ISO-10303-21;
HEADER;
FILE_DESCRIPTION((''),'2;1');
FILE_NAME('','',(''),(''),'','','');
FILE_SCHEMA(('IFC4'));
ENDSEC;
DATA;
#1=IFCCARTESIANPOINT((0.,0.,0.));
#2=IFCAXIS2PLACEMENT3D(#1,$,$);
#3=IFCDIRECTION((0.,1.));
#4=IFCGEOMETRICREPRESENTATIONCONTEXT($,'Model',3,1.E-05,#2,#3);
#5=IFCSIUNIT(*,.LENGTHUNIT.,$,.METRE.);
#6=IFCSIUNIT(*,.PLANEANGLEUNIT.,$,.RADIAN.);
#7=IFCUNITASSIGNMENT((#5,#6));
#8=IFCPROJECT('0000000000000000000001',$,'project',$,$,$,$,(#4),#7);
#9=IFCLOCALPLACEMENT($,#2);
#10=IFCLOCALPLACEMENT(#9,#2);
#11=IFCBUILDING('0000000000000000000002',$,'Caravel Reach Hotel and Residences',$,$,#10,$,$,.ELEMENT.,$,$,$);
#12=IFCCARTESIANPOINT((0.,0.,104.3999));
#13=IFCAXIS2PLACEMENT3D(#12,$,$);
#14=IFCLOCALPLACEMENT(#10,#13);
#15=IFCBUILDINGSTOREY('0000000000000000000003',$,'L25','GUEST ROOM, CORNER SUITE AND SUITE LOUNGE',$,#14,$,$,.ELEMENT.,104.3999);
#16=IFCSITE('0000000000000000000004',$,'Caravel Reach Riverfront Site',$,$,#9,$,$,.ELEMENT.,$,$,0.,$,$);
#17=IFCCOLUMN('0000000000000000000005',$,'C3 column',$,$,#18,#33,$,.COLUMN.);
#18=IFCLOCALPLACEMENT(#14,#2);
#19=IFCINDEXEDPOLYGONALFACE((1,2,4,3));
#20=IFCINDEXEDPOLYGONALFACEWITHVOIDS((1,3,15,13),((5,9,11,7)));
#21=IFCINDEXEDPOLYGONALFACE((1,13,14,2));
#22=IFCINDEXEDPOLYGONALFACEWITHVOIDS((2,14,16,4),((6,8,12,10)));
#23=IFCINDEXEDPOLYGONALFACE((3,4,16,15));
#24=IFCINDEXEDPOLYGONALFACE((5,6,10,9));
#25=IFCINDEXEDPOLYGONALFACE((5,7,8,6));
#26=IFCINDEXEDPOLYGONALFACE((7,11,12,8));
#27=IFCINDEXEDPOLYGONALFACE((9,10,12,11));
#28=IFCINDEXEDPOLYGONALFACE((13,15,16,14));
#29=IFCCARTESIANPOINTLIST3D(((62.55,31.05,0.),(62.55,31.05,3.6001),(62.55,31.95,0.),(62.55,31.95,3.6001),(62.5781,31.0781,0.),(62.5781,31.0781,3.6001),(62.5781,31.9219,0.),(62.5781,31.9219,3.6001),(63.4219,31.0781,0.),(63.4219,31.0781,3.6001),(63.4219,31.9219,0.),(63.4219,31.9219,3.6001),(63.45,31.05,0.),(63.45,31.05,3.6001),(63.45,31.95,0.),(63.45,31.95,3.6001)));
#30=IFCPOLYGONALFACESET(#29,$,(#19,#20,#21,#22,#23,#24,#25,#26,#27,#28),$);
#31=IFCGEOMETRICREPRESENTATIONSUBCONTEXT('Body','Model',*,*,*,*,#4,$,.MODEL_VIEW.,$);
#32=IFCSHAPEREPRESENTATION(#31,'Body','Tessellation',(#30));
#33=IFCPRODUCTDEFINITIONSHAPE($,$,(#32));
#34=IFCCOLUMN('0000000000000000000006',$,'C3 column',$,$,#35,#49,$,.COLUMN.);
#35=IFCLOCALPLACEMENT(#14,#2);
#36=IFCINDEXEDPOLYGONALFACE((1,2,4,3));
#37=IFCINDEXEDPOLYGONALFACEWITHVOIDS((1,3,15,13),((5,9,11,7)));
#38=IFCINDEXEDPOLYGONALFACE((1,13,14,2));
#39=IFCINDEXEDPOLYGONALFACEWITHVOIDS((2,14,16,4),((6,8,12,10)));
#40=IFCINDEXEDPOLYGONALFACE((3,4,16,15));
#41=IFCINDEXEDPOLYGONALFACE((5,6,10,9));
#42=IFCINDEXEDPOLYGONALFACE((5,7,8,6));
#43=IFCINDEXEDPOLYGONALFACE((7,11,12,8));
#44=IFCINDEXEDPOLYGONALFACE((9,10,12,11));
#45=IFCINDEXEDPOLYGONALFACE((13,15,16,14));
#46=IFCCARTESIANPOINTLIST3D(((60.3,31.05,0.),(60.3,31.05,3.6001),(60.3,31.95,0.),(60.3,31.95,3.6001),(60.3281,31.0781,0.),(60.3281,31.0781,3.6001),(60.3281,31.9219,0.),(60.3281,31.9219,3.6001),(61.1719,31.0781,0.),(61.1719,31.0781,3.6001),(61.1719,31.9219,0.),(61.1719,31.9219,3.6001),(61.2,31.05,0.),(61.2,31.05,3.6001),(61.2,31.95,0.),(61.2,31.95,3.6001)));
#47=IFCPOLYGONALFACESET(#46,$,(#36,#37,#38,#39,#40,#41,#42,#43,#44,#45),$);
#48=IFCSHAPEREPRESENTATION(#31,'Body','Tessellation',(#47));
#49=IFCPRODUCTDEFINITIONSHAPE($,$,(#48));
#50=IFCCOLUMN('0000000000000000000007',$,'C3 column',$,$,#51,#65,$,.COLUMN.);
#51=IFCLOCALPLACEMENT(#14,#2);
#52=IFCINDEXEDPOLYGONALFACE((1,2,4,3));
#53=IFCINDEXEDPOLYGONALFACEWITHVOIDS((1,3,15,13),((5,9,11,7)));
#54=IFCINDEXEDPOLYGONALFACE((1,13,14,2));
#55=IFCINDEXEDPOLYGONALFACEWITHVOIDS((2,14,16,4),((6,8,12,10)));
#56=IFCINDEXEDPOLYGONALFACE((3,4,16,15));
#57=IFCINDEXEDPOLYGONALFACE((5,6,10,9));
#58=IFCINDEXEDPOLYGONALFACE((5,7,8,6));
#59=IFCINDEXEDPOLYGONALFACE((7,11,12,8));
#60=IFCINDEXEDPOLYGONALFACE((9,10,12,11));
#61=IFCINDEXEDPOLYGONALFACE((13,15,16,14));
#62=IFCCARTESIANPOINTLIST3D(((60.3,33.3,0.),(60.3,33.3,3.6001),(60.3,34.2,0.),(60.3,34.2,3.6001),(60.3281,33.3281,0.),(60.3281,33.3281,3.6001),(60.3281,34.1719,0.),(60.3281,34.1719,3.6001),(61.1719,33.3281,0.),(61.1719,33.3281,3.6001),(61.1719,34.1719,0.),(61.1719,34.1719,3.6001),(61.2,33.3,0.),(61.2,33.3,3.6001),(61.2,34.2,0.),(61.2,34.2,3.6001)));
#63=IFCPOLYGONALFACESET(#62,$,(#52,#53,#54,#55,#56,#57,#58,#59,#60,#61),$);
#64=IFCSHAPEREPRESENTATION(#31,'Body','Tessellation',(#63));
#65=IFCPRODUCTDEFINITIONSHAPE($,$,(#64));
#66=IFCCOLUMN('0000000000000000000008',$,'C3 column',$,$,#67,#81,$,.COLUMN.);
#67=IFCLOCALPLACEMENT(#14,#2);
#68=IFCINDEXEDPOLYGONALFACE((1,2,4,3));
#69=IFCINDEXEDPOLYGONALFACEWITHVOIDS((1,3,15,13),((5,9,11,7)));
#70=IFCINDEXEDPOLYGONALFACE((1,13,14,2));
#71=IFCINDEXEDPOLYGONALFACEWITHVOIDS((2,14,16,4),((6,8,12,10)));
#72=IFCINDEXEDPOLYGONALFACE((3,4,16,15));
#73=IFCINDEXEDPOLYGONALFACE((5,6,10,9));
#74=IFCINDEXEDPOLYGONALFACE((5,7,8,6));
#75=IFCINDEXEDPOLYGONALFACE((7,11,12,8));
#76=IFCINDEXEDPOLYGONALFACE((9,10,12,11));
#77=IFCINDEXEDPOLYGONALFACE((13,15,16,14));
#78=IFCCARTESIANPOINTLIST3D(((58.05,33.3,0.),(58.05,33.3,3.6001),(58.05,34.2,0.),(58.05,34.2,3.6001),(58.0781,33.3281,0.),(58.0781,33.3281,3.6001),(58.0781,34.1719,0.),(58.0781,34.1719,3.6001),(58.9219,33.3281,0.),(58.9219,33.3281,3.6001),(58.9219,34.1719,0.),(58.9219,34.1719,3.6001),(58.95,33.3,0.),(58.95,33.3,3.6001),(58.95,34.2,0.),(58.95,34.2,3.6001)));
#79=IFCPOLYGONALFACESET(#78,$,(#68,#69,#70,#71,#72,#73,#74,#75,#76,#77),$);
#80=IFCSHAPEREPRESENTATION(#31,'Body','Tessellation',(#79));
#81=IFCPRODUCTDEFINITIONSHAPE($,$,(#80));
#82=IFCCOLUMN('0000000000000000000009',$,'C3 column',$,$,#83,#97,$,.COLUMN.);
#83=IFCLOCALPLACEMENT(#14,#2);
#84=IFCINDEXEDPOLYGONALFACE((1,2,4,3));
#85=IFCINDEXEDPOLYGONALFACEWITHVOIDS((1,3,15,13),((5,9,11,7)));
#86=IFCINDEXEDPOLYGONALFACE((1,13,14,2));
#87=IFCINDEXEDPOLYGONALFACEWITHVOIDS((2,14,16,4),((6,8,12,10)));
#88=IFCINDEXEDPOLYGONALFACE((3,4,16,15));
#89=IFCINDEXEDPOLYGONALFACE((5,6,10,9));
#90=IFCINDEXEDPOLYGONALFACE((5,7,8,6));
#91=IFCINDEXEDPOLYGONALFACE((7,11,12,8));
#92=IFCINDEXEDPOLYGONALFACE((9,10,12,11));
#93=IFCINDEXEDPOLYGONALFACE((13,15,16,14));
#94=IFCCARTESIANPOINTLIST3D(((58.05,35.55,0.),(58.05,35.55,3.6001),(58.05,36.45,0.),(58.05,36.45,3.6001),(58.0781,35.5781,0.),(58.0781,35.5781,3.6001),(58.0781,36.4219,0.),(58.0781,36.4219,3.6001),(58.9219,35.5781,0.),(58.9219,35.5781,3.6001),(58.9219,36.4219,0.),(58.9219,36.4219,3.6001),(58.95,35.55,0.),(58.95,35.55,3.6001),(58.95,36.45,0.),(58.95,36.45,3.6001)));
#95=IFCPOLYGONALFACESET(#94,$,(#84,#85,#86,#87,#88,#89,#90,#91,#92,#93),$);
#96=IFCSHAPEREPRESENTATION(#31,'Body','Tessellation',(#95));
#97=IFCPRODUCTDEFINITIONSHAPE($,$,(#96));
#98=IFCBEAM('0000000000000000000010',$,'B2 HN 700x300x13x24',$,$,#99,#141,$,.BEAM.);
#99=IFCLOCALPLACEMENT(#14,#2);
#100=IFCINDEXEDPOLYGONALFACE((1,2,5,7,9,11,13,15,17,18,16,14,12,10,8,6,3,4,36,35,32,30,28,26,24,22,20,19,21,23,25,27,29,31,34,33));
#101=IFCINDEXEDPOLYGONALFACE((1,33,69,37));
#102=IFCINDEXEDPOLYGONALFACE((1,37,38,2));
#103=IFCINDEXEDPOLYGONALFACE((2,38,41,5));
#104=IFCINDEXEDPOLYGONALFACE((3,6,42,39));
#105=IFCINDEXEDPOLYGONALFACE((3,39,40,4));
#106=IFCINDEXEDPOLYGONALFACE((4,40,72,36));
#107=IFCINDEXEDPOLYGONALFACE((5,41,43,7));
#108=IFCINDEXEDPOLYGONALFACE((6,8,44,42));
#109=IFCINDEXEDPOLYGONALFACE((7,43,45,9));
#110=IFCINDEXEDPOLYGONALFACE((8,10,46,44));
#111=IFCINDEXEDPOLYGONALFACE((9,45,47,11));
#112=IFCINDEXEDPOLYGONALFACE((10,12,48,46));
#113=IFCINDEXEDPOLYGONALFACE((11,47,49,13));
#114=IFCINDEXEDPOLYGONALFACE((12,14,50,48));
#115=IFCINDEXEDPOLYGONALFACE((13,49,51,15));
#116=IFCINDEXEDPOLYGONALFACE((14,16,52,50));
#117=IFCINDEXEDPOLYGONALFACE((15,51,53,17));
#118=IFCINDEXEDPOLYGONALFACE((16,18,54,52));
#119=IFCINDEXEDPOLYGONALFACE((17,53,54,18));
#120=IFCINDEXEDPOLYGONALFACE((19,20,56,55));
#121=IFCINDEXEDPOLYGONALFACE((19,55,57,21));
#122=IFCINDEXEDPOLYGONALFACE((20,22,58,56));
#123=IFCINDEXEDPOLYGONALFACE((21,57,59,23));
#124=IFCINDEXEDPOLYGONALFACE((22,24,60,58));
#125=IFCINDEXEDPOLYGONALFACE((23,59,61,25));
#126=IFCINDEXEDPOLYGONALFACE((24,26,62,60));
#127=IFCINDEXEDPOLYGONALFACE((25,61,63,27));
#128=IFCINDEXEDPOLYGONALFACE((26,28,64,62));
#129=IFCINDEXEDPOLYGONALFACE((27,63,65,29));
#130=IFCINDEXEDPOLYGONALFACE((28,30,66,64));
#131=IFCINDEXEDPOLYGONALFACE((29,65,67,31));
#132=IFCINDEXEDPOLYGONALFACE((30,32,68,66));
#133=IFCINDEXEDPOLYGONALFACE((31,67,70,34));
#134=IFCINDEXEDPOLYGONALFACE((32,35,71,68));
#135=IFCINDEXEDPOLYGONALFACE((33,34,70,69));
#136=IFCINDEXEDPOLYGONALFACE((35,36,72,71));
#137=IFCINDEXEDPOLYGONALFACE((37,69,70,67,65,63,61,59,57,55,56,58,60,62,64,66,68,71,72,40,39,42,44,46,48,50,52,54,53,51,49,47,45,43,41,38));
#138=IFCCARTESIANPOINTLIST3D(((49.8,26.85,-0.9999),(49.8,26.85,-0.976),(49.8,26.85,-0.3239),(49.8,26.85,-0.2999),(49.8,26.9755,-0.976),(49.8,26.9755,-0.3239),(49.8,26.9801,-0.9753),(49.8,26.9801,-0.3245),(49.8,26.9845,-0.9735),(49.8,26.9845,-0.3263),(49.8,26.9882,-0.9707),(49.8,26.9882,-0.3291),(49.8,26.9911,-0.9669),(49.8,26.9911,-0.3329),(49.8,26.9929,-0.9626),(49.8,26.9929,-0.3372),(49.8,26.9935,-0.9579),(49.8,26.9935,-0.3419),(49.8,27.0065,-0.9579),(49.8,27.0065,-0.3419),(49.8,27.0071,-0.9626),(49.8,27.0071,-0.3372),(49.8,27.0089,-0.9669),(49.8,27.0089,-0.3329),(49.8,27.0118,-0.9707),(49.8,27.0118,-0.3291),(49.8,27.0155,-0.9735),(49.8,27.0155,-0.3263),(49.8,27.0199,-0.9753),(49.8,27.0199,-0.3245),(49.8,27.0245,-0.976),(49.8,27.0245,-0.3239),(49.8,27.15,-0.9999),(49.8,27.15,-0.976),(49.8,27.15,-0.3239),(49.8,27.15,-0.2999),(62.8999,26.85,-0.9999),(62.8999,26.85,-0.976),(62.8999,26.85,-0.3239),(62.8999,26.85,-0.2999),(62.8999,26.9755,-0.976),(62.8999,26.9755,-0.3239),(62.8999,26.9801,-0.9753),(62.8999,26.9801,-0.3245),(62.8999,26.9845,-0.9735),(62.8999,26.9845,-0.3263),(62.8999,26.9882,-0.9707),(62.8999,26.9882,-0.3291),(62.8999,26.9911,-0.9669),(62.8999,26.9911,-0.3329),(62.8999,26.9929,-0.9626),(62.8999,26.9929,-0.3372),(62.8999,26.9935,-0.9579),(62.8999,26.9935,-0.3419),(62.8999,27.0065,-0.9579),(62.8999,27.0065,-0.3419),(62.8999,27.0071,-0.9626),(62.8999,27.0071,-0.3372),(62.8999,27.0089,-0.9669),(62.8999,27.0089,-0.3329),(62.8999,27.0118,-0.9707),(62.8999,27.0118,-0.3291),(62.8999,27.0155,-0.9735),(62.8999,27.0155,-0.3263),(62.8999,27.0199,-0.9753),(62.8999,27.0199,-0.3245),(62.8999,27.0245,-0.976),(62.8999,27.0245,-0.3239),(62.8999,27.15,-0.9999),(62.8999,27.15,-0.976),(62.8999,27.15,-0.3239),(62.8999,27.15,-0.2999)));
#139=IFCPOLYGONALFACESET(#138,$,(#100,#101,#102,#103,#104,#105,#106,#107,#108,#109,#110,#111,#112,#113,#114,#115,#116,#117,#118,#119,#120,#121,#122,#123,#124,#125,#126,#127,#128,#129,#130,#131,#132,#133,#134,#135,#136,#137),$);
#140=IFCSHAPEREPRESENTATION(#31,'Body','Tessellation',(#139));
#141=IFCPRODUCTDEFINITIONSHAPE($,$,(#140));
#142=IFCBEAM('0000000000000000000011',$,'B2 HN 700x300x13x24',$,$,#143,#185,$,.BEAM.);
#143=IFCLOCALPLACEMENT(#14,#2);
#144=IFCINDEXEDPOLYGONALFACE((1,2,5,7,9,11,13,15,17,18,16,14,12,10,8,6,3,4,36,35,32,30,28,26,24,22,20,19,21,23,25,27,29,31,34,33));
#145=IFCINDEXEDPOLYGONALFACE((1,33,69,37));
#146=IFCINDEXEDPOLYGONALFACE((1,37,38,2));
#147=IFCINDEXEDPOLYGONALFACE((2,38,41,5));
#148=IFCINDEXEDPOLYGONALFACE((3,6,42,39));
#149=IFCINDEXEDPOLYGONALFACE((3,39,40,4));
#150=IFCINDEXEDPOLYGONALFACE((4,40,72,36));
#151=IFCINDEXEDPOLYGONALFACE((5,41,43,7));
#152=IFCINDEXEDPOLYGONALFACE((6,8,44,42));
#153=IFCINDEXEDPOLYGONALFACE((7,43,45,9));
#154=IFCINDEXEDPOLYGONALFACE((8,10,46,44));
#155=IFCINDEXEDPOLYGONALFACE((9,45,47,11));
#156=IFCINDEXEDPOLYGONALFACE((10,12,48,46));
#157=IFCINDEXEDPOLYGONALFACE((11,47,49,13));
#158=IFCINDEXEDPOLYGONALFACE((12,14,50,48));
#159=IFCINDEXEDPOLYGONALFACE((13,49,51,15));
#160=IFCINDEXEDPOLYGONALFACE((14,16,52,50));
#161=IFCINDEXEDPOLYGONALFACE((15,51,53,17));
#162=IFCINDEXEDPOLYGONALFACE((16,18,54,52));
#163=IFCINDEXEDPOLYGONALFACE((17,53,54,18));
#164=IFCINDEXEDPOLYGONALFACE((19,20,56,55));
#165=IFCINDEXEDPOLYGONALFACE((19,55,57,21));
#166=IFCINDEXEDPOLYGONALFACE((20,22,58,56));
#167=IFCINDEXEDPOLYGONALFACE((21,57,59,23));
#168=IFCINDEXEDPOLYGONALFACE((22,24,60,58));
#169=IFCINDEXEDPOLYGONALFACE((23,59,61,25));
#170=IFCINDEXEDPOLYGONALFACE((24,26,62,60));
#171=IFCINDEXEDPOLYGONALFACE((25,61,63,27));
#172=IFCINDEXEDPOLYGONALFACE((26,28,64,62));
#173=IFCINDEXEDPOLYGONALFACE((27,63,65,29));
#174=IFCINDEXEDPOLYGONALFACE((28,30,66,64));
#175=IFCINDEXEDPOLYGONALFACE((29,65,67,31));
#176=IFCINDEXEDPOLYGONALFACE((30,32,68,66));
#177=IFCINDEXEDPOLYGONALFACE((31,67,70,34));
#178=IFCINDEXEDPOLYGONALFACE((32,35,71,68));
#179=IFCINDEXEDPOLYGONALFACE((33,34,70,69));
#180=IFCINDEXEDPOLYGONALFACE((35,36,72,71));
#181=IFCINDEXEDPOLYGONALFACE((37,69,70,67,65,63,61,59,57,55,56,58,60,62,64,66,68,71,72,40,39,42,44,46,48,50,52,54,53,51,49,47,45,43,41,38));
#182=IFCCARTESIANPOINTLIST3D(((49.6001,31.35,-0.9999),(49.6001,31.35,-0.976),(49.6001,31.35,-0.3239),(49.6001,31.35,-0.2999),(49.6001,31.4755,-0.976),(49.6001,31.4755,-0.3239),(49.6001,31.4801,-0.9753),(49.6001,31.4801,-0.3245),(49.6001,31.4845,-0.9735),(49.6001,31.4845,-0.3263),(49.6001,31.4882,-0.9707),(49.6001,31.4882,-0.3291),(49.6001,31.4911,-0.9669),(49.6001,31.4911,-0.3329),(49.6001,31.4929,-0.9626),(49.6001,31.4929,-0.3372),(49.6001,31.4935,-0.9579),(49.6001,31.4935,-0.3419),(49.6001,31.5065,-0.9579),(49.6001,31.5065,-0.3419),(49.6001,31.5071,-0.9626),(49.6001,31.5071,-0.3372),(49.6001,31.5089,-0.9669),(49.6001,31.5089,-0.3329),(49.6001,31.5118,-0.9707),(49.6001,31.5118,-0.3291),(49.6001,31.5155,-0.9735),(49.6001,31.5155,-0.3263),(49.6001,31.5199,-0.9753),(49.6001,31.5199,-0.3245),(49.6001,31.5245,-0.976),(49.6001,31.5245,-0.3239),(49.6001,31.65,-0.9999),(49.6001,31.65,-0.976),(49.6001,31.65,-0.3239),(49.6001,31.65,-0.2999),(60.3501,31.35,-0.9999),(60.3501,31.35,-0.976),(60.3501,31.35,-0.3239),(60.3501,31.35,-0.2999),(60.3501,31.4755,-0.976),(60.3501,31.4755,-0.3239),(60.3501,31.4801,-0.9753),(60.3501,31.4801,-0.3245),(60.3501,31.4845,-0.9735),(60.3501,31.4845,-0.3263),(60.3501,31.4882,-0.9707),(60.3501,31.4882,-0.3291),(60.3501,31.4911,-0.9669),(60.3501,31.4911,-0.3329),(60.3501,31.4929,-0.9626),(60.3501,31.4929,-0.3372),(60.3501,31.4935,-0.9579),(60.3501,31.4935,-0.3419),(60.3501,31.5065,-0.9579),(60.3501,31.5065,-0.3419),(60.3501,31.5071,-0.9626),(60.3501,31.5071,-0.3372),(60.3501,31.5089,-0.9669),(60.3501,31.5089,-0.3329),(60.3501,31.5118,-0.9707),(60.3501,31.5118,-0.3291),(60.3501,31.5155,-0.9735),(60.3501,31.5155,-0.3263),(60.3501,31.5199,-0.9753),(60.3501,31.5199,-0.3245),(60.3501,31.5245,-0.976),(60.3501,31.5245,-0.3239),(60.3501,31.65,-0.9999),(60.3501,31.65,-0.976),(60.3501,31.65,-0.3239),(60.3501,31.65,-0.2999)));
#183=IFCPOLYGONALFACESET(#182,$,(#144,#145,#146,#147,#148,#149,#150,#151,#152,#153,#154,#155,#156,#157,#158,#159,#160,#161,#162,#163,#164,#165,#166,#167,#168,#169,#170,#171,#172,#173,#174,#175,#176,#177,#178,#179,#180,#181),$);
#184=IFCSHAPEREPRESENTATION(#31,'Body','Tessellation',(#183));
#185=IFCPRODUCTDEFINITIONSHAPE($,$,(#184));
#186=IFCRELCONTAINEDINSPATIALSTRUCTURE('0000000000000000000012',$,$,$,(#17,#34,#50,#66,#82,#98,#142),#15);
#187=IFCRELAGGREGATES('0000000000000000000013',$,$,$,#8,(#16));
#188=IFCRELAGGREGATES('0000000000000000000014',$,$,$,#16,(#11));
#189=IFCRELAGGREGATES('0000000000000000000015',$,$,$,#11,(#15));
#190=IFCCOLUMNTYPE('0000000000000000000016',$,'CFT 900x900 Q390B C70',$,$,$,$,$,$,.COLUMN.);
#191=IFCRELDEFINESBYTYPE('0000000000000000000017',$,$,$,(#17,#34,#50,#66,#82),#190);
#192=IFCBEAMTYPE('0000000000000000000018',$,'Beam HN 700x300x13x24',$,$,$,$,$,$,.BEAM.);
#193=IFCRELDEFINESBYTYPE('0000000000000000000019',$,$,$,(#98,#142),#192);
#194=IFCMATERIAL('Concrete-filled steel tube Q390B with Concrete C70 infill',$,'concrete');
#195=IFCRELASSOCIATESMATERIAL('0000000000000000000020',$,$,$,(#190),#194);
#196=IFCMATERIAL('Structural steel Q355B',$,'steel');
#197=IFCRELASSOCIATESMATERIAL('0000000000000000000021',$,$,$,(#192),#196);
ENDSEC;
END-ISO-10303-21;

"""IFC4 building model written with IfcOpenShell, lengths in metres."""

from ifc_helpers import new_model, si_unit, direction, frame, origin, origin_2d, place, context, subcontext, project, spatial, hollow_rectangle, i_section, extrude, material, material_profile, profile_set, type_object, element, save


model = new_model("IFC4")

# Units and contexts
model_context = context("Model", 3, precision=1e-05, world=origin(), true_north=direction((0.0, 1.0)))
body_context = subcontext(model_context, "Body", "Model", "MODEL_VIEW")
ifc_project = project(units=[si_unit("LENGTHUNIT", "METRE"), si_unit("PLANEANGLEUNIT", "RADIAN")], contexts=[model_context])

# Site, building, storey
site_placement = place(None, origin())
site = spatial("IfcSite", under=ifc_project, at=site_placement, Name="Caravel Reach Riverfront Site", CompositionType="ELEMENT", RefElevation=0.0)
building_placement = place(site_placement, origin())
building = spatial("IfcBuilding", under=site, at=building_placement, Name="Caravel Reach Hotel and Residences", CompositionType="ELEMENT")
storey_placement = place(building_placement, frame((0.0, 0.0, 104.3999)))
storey = spatial("IfcBuildingStorey", under=building, at=storey_placement, Name="L25", Description="GUEST ROOM, CORNER SUITE AND SUITE LOUNGE", CompositionType="ELEMENT", Elevation=104.3999)

# Columns
ifc_material_1 = material(Name="Concrete-filled steel tube Q390B with Concrete C70 infill", Category="concrete")
ifc_material_profile_1 = material_profile(ifc_material_1, hollow_rectangle(XDim=0.8999, YDim=0.8999, WallThickness=0.0281, at=origin_2d()), Name="RHS 900x900x28")
ifc_profile_set_1 = profile_set([ifc_material_profile_1], Name="Concrete-filled steel tube Q390B with Concrete C70 infill")
column_type = type_object("IfcColumnType", Name="CFT 900x900 Q390B C70", PredefinedType="COLUMN", material=ifc_profile_set_1)
for number, where, z_axis, x_axis, name in (
    (1, (63.0, 31.5, 0.0), (0.0, 0.0, 1.0), (1.0, 0.0, 0.0), "C3 column"),
    (2, (60.75, 31.5, 0.0), (0.0, 0.0, 1.0), (1.0, 0.0, 0.0), "C3 column"),
    (3, (60.75, 33.75, 0.0), (0.0, 0.0, 1.0), (1.0, 0.0, 0.0), "C3 column"),
    (4, (58.5, 33.75, 0.0), (0.0, 0.0, 1.0), (1.0, 0.0, 0.0), "C3 column"),
    (5, (58.5, 36.0, 0.0), (0.0, 0.0, 1.0), (1.0, 0.0, 0.0), "C3 column"),
):
    element("IfcColumn", number, at=place(storey_placement, frame(where, z_axis=z_axis, x_axis=x_axis)), inside=storey, type_object=column_type, Name=name, PredefinedType="COLUMN", context=body_context, shape_type="SweptSolid", body=[
        extrude(hollow_rectangle(XDim=0.8999, YDim=0.8999, WallThickness=0.0281, at=origin_2d()), origin(), (0.0, 0.0, 1.0), 3.6001),
    ])

# Beams
ifc_material_2 = material(Name="Structural steel Q355B", Category="steel")
ifc_material_profile_2 = material_profile(ifc_material_2, i_section(OverallWidth=0.3, OverallDepth=0.7, WebThickness=0.0129, FlangeThickness=0.0239, FilletRadius=0.0181, at=origin_2d()), Name="HN 700x300x13x24")
ifc_profile_set_2 = profile_set([ifc_material_profile_2], Name="Structural steel Q355B")
beam_type_1 = type_object("IfcBeamType", Name="Beam HN 700x300x13x24", PredefinedType="BEAM", material=ifc_profile_set_2)
beam_1_placement = place(storey_placement, frame((49.8, 27.0, -0.6499), z_axis=(1.0, 0.0, 0.0), x_axis=(0.0, 1.0, 0.0)))
element("IfcBeam", 6, at=beam_1_placement, inside=storey, type_object=beam_type_1, Name="B2 HN 700x300x13x24", PredefinedType="BEAM", context=body_context, shape_type="SweptSolid", body=[
    extrude(i_section(OverallWidth=0.3, OverallDepth=0.7, WebThickness=0.0129, FlangeThickness=0.0239, FilletRadius=0.0181, at=origin_2d()), origin(), (0.0, 0.0, 1.0), 13.0999),
])
beam_2_placement = place(storey_placement, frame((49.6001, 31.5, -0.6499), z_axis=(1.0, 0.0, 0.0), x_axis=(0.0, 1.0, 0.0)))
element("IfcBeam", 7, at=beam_2_placement, inside=storey, type_object=beam_type_1, Name="B2 HN 700x300x13x24", PredefinedType="BEAM", context=body_context, shape_type="SweptSolid", body=[
    extrude(i_section(OverallWidth=0.3, OverallDepth=0.7, WebThickness=0.0129, FlangeThickness=0.0239, FilletRadius=0.0181, at=origin_2d()), origin(), (0.0, 0.0, 1.0), 10.75),
])

save(model, "model.ifc")
